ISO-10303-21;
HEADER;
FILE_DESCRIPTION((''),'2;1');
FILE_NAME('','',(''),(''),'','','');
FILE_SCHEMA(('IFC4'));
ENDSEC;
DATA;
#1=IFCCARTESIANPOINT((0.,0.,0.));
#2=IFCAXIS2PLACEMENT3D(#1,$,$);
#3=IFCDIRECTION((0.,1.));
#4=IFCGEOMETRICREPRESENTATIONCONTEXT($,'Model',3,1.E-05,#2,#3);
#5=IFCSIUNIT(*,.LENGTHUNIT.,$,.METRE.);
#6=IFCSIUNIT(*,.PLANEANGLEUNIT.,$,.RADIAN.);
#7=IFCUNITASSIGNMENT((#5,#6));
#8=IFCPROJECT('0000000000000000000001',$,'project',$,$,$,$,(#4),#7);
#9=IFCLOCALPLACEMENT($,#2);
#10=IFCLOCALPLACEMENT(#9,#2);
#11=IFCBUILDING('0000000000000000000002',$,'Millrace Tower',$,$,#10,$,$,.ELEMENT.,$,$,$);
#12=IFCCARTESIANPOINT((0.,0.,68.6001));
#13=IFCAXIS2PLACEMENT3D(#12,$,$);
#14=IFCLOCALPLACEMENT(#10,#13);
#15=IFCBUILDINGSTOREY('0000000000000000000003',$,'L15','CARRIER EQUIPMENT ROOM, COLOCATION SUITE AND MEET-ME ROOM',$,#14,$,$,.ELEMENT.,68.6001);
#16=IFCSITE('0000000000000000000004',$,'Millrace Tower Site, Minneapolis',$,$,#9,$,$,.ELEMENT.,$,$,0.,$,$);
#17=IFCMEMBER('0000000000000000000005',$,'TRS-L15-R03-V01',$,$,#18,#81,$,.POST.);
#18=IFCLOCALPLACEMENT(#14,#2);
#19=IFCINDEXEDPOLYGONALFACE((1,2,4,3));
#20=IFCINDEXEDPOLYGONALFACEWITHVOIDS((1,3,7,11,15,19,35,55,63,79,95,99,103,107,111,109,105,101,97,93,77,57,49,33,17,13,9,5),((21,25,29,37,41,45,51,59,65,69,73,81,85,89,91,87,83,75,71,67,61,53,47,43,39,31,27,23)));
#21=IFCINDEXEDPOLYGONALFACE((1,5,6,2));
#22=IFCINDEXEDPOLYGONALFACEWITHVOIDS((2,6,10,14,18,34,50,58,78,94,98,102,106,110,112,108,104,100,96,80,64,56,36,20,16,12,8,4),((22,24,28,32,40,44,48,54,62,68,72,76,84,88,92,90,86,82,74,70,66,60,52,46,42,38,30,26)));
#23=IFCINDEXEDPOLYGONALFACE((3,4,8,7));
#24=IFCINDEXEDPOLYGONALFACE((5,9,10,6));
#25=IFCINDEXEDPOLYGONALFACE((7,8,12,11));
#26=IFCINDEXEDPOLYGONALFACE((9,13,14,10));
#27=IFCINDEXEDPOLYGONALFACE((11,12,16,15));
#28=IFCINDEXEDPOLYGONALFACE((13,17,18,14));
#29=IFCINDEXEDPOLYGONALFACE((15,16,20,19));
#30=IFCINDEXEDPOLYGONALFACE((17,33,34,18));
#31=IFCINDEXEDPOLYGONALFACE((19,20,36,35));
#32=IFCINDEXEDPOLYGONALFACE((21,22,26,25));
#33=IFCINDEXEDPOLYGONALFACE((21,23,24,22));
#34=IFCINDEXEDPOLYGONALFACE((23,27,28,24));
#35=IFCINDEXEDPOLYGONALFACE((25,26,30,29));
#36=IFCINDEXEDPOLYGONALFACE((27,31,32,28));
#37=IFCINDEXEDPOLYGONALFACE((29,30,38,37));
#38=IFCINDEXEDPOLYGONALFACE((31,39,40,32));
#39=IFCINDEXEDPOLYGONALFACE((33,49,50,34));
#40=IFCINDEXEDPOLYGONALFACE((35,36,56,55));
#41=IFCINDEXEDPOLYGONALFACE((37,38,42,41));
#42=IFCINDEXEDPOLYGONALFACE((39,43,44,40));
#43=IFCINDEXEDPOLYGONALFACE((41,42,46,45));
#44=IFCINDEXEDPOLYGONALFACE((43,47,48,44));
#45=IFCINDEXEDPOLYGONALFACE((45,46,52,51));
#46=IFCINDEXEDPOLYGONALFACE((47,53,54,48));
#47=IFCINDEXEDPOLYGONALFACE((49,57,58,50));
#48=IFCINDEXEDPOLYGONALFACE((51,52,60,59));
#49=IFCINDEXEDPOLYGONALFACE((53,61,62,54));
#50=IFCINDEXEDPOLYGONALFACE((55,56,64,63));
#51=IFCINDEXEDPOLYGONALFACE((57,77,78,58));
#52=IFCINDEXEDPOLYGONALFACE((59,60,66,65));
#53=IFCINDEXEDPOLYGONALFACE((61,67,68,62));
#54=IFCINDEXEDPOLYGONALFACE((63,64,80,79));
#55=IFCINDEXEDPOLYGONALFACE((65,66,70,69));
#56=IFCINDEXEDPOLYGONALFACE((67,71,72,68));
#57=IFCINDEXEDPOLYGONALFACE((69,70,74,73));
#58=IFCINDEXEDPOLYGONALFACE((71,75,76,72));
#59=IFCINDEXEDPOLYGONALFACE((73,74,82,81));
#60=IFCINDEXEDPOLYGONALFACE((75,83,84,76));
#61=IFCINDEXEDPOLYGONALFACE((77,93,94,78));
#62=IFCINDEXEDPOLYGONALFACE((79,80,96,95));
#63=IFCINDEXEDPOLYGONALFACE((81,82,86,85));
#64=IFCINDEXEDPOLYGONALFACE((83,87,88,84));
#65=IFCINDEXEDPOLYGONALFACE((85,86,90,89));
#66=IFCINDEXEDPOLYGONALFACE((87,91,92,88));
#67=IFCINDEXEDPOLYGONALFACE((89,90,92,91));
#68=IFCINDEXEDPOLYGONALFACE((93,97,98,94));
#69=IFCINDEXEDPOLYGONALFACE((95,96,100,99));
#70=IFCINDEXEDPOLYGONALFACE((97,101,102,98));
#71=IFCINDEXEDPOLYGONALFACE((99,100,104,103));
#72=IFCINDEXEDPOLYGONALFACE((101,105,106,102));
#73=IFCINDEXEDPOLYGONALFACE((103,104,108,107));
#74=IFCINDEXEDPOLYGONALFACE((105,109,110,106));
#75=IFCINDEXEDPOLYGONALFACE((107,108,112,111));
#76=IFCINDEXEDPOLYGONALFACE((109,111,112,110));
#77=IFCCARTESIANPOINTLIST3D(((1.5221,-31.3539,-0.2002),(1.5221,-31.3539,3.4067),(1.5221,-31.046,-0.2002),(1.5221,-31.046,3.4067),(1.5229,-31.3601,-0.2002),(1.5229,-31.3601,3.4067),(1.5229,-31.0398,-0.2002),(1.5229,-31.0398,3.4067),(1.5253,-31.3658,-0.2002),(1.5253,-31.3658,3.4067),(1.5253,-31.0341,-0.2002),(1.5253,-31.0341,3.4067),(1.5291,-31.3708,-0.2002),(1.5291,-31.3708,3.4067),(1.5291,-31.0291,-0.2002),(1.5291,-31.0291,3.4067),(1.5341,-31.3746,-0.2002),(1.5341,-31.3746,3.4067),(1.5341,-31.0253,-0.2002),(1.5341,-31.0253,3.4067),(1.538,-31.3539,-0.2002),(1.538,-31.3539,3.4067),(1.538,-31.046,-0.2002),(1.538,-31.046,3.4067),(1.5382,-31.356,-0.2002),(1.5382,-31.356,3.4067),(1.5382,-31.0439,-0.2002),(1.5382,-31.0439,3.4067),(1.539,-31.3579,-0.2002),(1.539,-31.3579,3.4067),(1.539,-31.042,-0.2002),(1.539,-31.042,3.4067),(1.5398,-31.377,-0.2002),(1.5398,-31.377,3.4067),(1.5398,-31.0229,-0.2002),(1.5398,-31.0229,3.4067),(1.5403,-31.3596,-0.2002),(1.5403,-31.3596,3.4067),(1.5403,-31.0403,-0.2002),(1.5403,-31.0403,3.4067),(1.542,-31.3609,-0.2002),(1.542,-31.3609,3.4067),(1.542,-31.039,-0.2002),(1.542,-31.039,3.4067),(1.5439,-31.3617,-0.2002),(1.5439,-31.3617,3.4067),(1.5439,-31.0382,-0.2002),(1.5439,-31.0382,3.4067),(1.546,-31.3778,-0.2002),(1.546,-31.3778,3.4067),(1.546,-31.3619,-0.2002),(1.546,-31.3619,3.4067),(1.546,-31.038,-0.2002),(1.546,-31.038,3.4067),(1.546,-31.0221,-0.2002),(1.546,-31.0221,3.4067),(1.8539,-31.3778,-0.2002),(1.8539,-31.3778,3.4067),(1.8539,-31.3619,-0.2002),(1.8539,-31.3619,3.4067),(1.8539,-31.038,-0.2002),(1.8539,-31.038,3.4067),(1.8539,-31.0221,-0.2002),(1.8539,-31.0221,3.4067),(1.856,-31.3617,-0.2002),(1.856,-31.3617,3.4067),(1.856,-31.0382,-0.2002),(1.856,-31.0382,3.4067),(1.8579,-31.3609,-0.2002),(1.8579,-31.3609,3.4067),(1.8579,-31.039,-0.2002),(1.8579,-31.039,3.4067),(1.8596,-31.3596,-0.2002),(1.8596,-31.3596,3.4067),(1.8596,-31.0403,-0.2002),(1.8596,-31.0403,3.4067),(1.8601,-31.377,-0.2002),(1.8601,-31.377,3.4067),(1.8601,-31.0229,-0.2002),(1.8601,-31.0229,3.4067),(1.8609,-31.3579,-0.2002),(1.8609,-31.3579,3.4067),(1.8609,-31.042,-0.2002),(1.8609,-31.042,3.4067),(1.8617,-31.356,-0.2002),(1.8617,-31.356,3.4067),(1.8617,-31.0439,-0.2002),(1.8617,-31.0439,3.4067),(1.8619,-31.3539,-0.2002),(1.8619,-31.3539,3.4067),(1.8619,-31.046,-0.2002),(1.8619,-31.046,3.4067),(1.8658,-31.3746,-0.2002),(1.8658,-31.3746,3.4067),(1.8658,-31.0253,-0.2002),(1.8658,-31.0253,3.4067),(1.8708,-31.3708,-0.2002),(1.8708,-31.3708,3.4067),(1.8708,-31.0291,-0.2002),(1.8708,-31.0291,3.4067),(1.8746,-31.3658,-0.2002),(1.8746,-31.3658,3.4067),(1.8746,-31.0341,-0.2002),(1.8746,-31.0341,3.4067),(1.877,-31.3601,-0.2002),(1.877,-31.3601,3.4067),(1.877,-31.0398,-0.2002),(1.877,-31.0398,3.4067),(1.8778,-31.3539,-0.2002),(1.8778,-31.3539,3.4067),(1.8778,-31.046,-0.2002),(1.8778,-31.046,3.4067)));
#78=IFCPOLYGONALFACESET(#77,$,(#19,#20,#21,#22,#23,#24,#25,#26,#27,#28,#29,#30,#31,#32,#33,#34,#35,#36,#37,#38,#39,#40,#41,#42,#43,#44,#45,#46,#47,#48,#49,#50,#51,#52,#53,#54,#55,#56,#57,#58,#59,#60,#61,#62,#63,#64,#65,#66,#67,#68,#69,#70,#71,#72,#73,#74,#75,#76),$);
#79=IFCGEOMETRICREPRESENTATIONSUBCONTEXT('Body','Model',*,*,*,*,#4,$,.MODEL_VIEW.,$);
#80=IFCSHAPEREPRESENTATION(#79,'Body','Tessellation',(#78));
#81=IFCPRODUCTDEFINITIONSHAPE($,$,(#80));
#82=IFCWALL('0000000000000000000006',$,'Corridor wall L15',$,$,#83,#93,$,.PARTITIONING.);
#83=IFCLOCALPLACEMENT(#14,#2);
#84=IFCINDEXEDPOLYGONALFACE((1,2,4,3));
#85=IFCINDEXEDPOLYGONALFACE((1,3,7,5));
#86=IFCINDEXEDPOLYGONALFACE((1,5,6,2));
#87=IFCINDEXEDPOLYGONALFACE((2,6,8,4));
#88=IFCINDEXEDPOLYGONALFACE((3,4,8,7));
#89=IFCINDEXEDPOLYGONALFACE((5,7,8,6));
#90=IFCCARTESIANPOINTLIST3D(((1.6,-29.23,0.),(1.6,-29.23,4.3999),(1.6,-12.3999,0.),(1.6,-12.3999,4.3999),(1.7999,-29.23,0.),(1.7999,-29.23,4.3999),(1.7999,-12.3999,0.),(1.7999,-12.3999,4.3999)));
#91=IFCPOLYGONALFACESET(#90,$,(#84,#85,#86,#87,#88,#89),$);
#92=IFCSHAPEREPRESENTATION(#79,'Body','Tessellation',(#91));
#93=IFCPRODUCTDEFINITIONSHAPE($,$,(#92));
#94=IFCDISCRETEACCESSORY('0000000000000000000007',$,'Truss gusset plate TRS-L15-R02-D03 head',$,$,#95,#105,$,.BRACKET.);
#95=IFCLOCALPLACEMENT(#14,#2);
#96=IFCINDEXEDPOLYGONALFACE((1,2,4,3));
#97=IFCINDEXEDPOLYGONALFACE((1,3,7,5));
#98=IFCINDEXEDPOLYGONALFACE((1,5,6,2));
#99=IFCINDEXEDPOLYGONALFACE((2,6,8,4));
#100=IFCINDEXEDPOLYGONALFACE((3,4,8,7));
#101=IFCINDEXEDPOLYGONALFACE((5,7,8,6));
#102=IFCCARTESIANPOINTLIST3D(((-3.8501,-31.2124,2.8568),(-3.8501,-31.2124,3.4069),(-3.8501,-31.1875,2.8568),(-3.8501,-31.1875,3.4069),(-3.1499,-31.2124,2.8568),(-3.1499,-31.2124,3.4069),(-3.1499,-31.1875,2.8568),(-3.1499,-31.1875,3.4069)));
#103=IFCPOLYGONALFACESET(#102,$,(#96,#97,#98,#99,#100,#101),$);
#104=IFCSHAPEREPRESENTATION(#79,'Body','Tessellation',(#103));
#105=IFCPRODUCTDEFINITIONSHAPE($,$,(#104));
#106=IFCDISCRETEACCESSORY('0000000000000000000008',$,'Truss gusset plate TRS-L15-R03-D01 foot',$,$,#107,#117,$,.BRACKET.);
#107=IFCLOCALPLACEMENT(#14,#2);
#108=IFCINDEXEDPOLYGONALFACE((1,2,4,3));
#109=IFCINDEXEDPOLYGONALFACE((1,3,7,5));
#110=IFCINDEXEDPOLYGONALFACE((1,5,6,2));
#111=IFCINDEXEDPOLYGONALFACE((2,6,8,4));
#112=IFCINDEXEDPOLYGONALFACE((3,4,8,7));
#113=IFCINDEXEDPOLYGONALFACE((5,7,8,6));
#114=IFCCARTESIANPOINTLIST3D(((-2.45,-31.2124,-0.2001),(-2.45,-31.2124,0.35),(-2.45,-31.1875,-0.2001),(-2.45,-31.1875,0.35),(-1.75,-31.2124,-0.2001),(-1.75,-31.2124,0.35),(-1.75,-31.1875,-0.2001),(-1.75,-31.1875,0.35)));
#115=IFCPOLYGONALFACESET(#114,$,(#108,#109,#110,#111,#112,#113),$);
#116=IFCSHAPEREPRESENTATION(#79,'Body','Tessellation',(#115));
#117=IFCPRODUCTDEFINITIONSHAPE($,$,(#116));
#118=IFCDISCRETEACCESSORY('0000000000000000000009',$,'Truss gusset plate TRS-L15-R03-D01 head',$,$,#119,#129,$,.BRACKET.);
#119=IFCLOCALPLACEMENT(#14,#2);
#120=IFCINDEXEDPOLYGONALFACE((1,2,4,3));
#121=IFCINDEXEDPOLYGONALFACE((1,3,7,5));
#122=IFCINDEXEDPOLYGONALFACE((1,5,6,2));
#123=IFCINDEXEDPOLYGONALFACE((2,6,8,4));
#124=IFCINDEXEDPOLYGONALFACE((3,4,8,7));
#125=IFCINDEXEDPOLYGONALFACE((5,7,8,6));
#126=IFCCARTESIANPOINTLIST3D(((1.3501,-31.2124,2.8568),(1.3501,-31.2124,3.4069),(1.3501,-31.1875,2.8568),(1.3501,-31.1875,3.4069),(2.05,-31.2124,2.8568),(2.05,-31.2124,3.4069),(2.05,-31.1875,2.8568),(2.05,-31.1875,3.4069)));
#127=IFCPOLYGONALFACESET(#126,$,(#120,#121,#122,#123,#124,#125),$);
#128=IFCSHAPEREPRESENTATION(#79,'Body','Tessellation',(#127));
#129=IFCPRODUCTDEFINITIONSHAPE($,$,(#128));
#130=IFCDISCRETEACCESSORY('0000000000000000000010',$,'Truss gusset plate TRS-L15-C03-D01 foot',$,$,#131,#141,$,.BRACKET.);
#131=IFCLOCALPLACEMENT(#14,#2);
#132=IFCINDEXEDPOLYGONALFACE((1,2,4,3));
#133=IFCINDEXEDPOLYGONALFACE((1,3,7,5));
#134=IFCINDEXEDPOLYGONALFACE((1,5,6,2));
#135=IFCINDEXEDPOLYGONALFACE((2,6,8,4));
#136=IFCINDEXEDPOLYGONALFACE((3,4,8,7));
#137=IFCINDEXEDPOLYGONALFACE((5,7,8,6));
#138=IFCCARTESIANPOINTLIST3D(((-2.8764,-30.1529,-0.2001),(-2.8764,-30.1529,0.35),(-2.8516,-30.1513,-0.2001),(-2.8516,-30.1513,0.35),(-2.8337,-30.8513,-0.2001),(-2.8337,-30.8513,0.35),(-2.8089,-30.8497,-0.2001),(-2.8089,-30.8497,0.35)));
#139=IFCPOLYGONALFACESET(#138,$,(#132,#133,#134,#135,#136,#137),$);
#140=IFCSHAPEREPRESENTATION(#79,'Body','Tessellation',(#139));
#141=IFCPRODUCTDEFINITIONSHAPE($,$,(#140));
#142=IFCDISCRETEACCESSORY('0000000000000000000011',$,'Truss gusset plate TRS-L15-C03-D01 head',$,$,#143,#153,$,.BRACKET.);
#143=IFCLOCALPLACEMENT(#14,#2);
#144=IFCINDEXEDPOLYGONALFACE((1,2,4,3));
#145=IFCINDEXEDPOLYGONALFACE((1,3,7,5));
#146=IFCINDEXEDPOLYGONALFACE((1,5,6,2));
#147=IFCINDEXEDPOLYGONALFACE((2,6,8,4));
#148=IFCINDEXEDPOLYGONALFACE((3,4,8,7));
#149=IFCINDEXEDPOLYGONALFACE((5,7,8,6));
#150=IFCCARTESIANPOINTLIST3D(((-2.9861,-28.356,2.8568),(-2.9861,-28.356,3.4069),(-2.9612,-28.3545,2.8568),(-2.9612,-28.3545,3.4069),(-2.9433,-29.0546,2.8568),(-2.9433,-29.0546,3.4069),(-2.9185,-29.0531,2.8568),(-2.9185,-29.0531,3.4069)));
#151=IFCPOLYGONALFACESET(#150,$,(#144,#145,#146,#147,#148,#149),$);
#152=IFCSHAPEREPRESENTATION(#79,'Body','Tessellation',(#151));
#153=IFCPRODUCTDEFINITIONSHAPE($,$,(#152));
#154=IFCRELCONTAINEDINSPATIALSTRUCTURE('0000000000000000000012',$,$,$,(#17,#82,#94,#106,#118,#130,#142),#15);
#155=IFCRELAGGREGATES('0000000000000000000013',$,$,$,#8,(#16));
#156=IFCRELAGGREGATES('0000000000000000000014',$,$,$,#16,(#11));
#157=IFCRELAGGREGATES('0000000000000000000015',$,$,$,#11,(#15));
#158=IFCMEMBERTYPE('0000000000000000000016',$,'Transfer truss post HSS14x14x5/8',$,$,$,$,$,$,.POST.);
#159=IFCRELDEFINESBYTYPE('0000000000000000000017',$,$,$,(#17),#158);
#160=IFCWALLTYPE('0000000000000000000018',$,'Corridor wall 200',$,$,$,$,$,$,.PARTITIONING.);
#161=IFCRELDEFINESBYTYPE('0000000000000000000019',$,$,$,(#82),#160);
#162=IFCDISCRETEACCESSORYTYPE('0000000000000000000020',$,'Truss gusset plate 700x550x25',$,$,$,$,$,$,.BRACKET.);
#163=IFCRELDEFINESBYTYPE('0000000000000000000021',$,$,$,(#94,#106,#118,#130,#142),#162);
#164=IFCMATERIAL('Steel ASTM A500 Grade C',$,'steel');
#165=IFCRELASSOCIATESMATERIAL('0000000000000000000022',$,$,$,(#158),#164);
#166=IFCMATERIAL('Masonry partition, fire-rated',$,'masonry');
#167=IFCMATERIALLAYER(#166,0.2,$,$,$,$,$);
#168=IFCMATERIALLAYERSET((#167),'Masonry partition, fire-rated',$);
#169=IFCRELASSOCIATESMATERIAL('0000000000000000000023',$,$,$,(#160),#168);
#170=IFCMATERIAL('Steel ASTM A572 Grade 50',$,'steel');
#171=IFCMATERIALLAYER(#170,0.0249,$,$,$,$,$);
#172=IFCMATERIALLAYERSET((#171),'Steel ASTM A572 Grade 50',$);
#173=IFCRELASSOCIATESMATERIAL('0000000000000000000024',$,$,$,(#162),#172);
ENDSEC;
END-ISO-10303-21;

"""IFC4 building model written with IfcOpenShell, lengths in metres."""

from ifc_helpers import new_model, si_unit, direction, frame, frame_2d, origin, origin_2d, place, context, subcontext, project, spatial, rectangle, hollow_rectangle, extrude, material, layer, layer_set, material_profile, profile_set, type_object, element, save


model = new_model("IFC4")

# Units and contexts
model_context = context("Model", 3, precision=1e-05, world=origin(), true_north=direction((0.0, 1.0)))
body_context = subcontext(model_context, "Body", "Model", "MODEL_VIEW")
ifc_project = project(units=[si_unit("LENGTHUNIT", "METRE"), si_unit("PLANEANGLEUNIT", "RADIAN")], contexts=[model_context])

# Site, building, storey
site_placement = place(None, origin())
site = spatial("IfcSite", under=ifc_project, at=site_placement, Name="Millrace Tower Site, Minneapolis", CompositionType="ELEMENT", RefElevation=0.0)
building_placement = place(site_placement, origin())
building = spatial("IfcBuilding", under=site, at=building_placement, Name="Millrace Tower", CompositionType="ELEMENT")
storey_placement = place(building_placement, frame((0.0, 0.0, 68.6001)))
storey = spatial("IfcBuildingStorey", under=building, at=storey_placement, Name="L15", Description="CARRIER EQUIPMENT ROOM, COLOCATION SUITE AND MEET-ME ROOM", CompositionType="ELEMENT", Elevation=68.6001)

# Member
ifc_material_1 = material(Name="Steel ASTM A500 Grade C", Category="steel")
ifc_material_profile_1 = material_profile(ifc_material_1, hollow_rectangle(XDim=0.3557, YDim=0.3557, WallThickness=0.0159, InnerFilletRadius=0.0081, OuterFilletRadius=0.0239, at=origin_2d()))
ifc_profile_set_1 = profile_set([ifc_material_profile_1], Name="Steel ASTM A500 Grade C")
member_type_1 = type_object("IfcMemberType", Name="Transfer truss post HSS14x14x5/8", PredefinedType="POST", material=ifc_profile_set_1)
member_1_placement = place(storey_placement, frame((1.7, -31.2, -0.2002), z_axis=(0.0, 0.0, 1.0), x_axis=(1.0, 0.0, 0.0)))
element("IfcMember", 1, at=member_1_placement, inside=storey, type_object=member_type_1, Name="TRS-L15-R03-V01", PredefinedType="POST", context=body_context, shape_type="SweptSolid", body=[
    extrude(hollow_rectangle(XDim=0.3557, YDim=0.3557, WallThickness=0.0159, InnerFilletRadius=0.0081, OuterFilletRadius=0.0239, at=origin_2d()), origin(), (0.0, 0.0, 1.0), 3.6069),
])

# Wall
ifc_material_2 = material(Name="Masonry partition, fire-rated", Category="masonry")
ifc_layer_1 = layer(ifc_material_2, 0.2)
ifc_layer_set_1 = layer_set([ifc_layer_1], Name="Masonry partition, fire-rated")
wall_type = type_object("IfcWallType", Name="Corridor wall 200", PredefinedType="PARTITIONING", material=ifc_layer_set_1)
wall_placement = place(storey_placement, frame((1.7, -29.23, 0.0), z_axis=(0.0, 0.0, 1.0), x_axis=(0.0, 1.0, 0.0)))
element("IfcWall", 2, at=wall_placement, inside=storey, type_object=wall_type, Name="Corridor wall L15", PredefinedType="PARTITIONING", context=body_context, shape_type="SweptSolid", body=[
    extrude(rectangle(XDim=16.8301, YDim=0.2, at=frame_2d((8.415, 0.0))), origin(), (0.0, 0.0, 1.0), 4.3999),
])

# Discrete accessories
ifc_material_3 = material(Name="Steel ASTM A572 Grade 50", Category="steel")
ifc_layer_2 = layer(ifc_material_3, 0.0249)
ifc_layer_set_2 = layer_set([ifc_layer_2], Name="Steel ASTM A572 Grade 50")
discrete_accessory_type = type_object("IfcDiscreteAccessoryType", Name="Truss gusset plate 700x550x25", PredefinedType="BRACKET", material=ifc_layer_set_2)
discrete_accessory_1_placement = place(storey_placement, frame((-3.8501, -31.2, 3.1318), z_axis=(1.0, 0.0, 0.0), x_axis=(0.0, 1.0, 0.0)))
element("IfcDiscreteAccessory", 3, at=discrete_accessory_1_placement, inside=storey, type_object=discrete_accessory_type, Name="Truss gusset plate TRS-L15-R02-D03 head", PredefinedType="BRACKET", context=body_context, shape_type="SweptSolid", body=[
    extrude(rectangle(XDim=0.0249, YDim=0.55, at=origin_2d()), origin(), (0.0, 0.0, 1.0), 0.7002),
])
for number, where, z_axis, x_axis, name in (
    (4, (-2.45, -31.2, 0.075), (1.0, 0.0, 0.0), (0.0, 1.0, 0.0), "Truss gusset plate TRS-L15-R03-D01 foot"),
    (5, (1.3501, -31.2, 3.1318), (1.0, 0.0, 0.0), (0.0, 1.0, 0.0), "Truss gusset plate TRS-L15-R03-D01 head"),
):
    element("IfcDiscreteAccessory", number, at=place(storey_placement, frame(where, z_axis=z_axis, x_axis=x_axis)), inside=storey, type_object=discrete_accessory_type, Name=name, PredefinedType="BRACKET", context=body_context, shape_type="SweptSolid", body=[
        extrude(rectangle(XDim=0.0249, YDim=0.55, at=origin_2d()), origin(), (0.0, 0.0, 1.0), 0.7),
    ])
discrete_accessory_2_placement = place(storey_placement, frame((-2.864, -30.1521, 0.075), z_axis=(0.061053, -0.998135, 0.0), x_axis=(0.998135, 0.061053, 0.0)))
element("IfcDiscreteAccessory", 6, at=discrete_accessory_2_placement, inside=storey, type_object=discrete_accessory_type, Name="Truss gusset plate TRS-L15-C03-D01 foot", PredefinedType="BRACKET", context=body_context, shape_type="SweptSolid", body=[
    extrude(rectangle(XDim=0.0249, YDim=0.55, at=origin_2d()), origin(), (0.0, 0.0, 1.0), 0.6997),
])
discrete_accessory_3_placement = place(storey_placement, frame((-2.9736, -28.3552, 3.1318), z_axis=(0.061032, -0.998136, 0.0), x_axis=(0.998136, 0.061032, 0.0)))
element("IfcDiscreteAccessory", 7, at=discrete_accessory_3_placement, inside=storey, type_object=discrete_accessory_type, Name="Truss gusset plate TRS-L15-C03-D01 head", PredefinedType="BRACKET", context=body_context, shape_type="SweptSolid", body=[
    extrude(rectangle(XDim=0.0249, YDim=0.55, at=origin_2d()), origin(), (0.0, 0.0, 1.0), 0.7),
])

save(model, "model.ifc")
